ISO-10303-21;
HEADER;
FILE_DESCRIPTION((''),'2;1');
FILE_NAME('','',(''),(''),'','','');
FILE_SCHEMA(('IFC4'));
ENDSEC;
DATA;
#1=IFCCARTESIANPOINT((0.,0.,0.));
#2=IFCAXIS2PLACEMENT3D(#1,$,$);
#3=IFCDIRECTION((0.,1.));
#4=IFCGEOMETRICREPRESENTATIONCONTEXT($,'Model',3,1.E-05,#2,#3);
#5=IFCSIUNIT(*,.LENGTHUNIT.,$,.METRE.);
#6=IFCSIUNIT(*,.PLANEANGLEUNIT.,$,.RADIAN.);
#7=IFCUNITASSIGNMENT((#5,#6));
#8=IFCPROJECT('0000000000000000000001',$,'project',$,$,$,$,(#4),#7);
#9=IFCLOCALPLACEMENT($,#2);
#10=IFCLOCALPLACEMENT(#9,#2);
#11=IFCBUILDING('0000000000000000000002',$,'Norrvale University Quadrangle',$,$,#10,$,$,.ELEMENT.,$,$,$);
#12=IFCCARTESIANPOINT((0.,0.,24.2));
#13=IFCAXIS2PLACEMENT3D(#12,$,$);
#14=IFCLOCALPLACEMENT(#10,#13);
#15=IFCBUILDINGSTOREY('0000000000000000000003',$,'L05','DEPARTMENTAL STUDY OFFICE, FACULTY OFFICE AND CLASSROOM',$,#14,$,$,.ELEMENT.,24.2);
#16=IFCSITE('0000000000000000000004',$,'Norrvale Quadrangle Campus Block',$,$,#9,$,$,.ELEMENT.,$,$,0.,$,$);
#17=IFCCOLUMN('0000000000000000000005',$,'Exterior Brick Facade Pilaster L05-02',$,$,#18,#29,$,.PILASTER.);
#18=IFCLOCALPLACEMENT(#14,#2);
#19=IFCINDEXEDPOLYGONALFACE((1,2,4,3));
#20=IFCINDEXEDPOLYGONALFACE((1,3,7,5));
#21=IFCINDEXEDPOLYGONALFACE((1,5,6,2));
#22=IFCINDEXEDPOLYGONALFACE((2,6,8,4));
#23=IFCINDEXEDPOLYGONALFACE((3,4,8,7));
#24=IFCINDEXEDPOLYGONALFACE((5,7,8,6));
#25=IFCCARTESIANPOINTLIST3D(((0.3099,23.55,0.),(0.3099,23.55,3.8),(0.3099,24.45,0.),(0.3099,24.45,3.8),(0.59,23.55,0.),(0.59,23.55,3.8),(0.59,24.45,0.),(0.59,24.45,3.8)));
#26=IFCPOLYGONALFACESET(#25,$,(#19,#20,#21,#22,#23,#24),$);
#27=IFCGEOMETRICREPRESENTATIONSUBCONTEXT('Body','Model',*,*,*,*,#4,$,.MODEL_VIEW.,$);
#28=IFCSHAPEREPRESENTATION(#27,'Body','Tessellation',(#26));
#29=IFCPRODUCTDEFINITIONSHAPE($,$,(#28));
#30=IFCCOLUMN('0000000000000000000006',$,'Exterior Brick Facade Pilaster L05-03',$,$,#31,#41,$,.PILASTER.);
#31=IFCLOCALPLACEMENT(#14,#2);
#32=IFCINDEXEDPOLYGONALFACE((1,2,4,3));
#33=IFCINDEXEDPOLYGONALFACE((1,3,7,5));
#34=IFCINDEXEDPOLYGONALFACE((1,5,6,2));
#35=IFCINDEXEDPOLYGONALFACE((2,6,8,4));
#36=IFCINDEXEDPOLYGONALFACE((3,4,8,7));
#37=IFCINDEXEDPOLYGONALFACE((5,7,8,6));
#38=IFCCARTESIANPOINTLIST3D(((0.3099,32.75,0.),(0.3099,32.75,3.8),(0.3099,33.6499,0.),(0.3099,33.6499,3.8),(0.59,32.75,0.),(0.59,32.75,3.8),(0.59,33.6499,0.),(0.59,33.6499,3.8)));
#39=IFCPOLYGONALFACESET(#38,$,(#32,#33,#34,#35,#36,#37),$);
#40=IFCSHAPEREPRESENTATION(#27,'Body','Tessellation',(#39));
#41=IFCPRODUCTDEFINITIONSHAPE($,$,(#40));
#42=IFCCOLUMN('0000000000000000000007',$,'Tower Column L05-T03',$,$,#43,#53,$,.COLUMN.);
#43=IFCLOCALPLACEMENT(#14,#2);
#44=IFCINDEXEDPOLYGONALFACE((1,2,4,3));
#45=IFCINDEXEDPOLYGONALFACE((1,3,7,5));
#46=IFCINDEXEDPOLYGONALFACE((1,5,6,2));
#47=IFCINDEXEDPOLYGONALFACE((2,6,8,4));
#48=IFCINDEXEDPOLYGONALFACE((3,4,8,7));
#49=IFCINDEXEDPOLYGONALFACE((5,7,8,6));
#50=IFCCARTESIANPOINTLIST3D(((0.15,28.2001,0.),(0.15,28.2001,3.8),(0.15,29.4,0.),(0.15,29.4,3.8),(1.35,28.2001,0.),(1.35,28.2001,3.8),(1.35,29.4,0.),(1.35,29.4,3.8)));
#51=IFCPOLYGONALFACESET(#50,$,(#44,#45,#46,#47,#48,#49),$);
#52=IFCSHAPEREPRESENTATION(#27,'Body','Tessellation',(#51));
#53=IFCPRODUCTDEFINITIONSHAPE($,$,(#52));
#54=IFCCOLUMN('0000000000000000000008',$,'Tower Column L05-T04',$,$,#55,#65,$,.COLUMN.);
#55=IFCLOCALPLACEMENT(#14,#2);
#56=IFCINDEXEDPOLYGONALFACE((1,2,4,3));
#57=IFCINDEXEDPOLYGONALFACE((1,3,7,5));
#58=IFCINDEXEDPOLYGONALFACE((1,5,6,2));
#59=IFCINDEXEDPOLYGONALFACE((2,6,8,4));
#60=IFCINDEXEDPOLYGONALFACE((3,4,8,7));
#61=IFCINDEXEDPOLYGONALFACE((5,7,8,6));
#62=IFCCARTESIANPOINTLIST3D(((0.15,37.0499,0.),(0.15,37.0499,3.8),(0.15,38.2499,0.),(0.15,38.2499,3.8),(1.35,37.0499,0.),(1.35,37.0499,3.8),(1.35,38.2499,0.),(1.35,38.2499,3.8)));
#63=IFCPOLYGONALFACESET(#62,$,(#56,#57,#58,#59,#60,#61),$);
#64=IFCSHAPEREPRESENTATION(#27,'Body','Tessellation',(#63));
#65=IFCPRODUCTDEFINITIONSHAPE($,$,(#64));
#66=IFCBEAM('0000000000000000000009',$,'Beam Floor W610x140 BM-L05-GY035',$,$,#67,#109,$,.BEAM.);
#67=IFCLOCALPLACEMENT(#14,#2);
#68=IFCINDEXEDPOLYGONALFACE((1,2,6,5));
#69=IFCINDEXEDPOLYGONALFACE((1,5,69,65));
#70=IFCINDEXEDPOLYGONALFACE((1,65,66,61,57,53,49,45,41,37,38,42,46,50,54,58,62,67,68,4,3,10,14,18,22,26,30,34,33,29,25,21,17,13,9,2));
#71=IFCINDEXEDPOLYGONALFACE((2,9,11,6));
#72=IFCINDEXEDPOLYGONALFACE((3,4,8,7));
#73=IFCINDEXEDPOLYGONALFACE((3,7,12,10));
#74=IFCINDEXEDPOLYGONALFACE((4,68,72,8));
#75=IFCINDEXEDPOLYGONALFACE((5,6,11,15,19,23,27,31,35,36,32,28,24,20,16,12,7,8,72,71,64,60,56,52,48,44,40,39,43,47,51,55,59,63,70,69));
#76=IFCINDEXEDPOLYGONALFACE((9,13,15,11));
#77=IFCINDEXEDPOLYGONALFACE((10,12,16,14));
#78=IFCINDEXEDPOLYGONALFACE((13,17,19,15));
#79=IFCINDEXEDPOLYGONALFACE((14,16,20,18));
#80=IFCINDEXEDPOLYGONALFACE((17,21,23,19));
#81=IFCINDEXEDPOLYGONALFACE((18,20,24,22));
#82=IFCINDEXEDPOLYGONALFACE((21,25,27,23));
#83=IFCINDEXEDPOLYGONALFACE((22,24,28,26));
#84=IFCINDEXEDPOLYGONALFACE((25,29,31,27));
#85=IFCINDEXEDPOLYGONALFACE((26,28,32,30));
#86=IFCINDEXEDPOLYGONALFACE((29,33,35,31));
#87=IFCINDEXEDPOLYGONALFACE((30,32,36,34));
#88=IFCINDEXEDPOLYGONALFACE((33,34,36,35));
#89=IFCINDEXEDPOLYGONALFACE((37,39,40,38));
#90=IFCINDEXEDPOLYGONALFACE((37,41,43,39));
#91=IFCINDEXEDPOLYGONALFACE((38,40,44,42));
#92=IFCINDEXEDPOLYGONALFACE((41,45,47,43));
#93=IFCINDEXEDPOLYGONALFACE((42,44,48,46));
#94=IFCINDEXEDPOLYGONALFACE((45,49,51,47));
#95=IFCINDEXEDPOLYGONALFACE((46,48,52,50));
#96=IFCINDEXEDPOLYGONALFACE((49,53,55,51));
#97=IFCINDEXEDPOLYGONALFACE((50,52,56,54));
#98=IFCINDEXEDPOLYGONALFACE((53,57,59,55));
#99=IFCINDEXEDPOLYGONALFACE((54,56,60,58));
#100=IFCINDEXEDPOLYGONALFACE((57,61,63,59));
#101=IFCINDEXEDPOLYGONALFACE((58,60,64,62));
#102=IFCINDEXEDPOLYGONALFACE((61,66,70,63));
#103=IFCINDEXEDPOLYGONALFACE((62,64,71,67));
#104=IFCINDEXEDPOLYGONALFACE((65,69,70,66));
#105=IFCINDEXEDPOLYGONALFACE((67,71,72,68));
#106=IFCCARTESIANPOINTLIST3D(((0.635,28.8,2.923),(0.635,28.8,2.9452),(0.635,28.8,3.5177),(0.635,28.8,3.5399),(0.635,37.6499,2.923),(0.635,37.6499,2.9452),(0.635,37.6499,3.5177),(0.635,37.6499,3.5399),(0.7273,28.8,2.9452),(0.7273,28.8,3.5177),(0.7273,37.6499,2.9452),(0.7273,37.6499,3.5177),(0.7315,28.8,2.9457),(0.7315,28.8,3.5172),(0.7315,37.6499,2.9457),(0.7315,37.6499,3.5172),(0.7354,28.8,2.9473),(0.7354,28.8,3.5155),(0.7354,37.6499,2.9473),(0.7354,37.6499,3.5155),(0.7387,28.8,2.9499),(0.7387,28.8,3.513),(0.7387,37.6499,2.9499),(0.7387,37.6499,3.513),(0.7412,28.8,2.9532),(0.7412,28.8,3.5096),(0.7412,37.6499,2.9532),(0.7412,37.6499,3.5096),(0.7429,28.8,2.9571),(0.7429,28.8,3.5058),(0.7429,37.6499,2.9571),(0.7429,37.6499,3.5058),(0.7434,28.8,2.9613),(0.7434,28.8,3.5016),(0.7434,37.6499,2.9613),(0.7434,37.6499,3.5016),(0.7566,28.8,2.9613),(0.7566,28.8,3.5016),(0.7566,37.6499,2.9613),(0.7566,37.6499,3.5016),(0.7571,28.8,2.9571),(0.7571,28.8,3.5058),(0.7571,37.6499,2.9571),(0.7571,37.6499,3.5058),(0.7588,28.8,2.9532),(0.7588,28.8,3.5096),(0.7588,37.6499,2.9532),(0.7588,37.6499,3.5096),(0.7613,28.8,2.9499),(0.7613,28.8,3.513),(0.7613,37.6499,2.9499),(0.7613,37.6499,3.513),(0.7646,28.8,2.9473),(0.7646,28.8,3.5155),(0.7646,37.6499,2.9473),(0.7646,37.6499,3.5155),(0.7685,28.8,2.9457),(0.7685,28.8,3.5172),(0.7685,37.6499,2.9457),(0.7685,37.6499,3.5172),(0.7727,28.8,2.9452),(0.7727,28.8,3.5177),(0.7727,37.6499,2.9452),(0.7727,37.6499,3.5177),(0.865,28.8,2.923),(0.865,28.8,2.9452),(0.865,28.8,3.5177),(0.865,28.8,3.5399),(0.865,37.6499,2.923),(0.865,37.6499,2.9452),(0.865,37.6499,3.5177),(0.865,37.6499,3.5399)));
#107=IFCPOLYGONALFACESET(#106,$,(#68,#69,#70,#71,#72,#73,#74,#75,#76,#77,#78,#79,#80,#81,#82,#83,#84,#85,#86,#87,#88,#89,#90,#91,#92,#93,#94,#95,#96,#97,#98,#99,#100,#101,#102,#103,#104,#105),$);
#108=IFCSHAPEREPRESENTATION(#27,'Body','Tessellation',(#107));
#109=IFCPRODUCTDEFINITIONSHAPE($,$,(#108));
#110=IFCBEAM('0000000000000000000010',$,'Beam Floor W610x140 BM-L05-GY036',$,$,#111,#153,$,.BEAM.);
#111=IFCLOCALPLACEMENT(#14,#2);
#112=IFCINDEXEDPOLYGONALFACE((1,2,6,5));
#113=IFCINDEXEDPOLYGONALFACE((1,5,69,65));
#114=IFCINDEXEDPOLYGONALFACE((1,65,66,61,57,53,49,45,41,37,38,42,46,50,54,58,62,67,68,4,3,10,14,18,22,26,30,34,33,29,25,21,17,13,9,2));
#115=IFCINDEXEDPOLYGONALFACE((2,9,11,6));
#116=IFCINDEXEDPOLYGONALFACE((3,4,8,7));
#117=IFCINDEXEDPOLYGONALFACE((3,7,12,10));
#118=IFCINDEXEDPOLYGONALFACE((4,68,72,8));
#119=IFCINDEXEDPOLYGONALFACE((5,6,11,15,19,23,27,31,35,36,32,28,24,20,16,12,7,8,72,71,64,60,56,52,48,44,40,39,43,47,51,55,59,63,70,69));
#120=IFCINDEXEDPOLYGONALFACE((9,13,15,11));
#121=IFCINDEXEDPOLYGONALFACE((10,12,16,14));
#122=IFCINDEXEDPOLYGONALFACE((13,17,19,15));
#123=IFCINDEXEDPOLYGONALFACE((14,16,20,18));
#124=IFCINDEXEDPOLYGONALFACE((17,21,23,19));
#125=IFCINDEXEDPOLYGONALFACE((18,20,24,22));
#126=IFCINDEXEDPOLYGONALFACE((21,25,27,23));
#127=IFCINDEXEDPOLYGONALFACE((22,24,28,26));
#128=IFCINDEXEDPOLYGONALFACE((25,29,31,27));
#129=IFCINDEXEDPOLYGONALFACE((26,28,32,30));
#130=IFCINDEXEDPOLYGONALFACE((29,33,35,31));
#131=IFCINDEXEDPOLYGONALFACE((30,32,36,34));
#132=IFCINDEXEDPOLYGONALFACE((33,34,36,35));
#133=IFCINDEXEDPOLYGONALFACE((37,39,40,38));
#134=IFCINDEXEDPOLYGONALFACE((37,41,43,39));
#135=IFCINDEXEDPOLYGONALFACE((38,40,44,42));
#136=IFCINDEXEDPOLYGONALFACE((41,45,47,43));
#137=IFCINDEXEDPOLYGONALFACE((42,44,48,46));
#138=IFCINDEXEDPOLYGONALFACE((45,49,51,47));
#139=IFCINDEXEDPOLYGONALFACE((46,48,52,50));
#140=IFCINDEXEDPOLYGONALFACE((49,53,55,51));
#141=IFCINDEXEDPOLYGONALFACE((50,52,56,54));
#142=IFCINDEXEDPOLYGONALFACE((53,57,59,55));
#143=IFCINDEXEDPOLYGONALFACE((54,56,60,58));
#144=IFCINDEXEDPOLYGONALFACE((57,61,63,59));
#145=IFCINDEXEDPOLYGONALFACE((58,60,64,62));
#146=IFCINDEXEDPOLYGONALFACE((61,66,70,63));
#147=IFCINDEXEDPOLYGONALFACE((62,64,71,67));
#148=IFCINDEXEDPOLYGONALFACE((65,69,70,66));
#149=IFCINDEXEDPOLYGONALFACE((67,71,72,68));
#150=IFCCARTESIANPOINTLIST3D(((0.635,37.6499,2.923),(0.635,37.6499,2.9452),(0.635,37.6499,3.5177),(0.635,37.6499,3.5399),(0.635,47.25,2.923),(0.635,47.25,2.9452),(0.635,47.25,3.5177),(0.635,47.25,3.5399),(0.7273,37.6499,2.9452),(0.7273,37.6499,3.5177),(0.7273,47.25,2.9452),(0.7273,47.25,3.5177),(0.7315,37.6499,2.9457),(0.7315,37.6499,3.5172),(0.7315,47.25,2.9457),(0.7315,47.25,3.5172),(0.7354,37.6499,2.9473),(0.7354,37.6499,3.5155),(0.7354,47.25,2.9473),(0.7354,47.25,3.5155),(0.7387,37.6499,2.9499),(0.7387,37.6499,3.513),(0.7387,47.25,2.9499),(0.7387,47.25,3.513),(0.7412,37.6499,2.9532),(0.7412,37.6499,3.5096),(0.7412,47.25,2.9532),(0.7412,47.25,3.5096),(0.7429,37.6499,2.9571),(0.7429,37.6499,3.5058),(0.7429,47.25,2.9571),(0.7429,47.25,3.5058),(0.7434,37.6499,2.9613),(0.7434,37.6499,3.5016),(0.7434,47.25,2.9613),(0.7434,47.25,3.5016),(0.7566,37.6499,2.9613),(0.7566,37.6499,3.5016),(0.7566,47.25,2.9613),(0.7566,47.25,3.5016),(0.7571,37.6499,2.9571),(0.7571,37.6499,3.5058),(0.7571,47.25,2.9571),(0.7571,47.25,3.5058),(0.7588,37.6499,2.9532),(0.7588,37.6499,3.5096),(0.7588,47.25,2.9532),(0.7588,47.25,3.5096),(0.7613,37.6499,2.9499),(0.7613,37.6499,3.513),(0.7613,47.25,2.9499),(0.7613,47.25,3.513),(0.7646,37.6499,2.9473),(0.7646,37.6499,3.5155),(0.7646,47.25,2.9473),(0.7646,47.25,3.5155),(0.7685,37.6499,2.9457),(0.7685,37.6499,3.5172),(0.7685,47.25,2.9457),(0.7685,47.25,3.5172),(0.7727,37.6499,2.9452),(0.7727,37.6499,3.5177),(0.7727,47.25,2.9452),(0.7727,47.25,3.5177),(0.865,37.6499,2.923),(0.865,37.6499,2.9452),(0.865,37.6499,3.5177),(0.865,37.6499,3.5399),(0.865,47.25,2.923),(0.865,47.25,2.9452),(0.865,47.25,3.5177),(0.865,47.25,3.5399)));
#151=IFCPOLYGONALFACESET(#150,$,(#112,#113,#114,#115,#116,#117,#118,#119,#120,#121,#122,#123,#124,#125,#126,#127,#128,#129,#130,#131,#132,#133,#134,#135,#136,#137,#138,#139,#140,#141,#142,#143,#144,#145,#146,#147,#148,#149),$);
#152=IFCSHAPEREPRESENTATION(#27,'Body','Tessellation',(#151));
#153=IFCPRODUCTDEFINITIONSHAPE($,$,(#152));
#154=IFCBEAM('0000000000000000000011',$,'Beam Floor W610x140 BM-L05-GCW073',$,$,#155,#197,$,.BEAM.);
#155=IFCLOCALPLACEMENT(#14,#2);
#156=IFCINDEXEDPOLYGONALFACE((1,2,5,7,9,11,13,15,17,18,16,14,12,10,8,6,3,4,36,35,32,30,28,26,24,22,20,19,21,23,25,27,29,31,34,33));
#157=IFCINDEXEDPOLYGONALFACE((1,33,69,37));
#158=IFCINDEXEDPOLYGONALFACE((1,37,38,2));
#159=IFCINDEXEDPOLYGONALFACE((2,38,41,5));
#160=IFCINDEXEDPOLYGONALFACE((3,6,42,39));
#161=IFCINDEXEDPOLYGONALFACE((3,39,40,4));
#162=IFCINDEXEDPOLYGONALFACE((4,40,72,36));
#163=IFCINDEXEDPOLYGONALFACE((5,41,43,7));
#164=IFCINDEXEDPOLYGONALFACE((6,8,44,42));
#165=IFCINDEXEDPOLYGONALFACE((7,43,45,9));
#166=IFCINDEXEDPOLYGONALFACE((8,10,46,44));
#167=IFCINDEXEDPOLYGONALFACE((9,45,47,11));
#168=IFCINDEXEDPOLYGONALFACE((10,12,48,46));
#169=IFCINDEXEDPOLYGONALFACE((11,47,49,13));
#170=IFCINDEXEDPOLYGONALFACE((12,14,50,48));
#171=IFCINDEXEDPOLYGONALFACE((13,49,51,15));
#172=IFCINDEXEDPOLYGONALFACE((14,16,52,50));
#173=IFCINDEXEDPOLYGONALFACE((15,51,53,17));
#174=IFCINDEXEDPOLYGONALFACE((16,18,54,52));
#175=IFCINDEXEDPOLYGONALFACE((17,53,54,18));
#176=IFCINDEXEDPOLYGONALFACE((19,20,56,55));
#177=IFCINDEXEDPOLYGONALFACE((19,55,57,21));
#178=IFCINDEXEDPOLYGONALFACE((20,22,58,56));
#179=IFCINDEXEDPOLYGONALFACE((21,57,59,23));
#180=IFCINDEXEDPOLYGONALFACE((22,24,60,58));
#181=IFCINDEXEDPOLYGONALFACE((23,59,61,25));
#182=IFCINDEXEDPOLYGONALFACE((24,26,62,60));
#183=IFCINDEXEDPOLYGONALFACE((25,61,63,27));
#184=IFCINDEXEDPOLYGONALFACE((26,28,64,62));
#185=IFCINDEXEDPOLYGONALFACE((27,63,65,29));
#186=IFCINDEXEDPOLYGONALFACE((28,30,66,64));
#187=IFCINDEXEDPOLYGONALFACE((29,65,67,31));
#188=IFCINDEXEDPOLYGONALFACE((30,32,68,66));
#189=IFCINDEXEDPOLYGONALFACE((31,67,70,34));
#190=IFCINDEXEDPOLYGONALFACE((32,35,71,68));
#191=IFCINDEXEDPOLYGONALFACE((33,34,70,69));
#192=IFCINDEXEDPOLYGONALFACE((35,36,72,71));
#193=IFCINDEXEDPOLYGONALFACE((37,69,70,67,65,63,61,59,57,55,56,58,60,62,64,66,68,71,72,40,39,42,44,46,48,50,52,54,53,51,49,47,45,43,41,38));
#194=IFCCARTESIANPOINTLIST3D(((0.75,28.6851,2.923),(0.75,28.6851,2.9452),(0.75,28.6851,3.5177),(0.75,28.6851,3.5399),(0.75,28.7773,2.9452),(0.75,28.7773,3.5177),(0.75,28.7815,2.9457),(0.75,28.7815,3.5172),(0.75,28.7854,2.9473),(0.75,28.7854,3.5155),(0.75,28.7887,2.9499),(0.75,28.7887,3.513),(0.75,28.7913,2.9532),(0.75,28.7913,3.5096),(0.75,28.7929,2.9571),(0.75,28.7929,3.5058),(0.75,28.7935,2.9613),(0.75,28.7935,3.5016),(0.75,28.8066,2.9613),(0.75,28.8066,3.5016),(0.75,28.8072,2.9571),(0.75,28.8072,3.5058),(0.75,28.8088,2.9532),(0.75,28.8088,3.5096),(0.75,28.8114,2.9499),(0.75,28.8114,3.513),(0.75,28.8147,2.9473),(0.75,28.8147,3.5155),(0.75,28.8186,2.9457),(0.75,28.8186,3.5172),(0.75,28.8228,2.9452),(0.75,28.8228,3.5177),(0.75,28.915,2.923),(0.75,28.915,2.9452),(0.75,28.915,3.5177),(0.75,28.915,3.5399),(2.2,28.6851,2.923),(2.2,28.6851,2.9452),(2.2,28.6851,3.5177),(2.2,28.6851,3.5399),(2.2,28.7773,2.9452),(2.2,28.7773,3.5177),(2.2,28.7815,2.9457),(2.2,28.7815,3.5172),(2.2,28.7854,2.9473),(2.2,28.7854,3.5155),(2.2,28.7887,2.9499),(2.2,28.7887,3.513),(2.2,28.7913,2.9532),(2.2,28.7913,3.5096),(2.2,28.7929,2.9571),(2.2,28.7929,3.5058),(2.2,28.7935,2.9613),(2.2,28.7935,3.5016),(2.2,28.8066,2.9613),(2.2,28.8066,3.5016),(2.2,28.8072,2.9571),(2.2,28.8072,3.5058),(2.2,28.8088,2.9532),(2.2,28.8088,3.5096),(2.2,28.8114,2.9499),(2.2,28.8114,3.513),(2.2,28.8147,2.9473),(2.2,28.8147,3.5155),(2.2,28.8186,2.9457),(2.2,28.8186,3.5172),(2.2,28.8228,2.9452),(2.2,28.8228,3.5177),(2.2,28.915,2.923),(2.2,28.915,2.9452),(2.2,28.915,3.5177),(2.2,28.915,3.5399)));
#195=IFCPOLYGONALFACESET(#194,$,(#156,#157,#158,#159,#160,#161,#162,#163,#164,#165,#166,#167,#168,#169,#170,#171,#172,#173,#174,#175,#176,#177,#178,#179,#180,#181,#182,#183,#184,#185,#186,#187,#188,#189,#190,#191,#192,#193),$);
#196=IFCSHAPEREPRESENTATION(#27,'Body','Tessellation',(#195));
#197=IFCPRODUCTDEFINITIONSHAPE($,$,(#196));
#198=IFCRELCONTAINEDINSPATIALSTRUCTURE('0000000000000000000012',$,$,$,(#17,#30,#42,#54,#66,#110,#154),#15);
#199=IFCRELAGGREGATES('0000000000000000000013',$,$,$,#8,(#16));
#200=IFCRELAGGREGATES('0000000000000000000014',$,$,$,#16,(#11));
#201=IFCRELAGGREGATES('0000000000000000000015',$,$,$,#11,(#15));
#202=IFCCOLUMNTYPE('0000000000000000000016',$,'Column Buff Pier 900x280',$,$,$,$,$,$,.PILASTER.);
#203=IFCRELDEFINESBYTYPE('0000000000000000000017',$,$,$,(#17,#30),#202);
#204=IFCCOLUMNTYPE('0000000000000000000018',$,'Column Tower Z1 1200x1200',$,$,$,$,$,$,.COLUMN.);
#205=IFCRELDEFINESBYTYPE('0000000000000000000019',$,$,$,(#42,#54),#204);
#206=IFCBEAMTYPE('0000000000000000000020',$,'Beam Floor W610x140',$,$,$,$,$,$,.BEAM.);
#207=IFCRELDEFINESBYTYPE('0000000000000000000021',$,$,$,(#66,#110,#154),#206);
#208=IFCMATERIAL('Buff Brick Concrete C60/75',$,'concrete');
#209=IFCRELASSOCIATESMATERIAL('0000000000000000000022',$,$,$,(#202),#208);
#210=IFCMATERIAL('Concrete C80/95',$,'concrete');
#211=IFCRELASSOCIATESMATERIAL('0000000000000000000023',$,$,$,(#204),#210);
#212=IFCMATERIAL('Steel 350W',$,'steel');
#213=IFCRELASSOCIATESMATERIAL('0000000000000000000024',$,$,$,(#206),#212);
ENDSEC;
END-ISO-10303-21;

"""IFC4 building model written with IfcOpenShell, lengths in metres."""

from ifc_helpers import new_model, si_unit, direction, frame, origin, origin_2d, place, context, subcontext, project, spatial, rectangle, i_section, extrude, material, material_profile, profile_set, type_object, element, save


model = new_model("IFC4")

# Units and contexts
model_context = context("Model", 3, precision=1e-05, world=origin(), true_north=direction((0.0, 1.0)))
body_context = subcontext(model_context, "Body", "Model", "MODEL_VIEW")
ifc_project = project(units=[si_unit("LENGTHUNIT", "METRE"), si_unit("PLANEANGLEUNIT", "RADIAN")], contexts=[model_context])

# Site, building, storey
site_placement = place(None, origin())
site = spatial("IfcSite", under=ifc_project, at=site_placement, Name="Norrvale Quadrangle Campus Block", CompositionType="ELEMENT", RefElevation=0.0)
building_placement = place(site_placement, origin())
building = spatial("IfcBuilding", under=site, at=building_placement, Name="Norrvale University Quadrangle", CompositionType="ELEMENT")
storey_placement = place(building_placement, frame((0.0, 0.0, 24.2)))
storey = spatial("IfcBuildingStorey", under=building, at=storey_placement, Name="L05", Description="DEPARTMENTAL STUDY OFFICE, FACULTY OFFICE AND CLASSROOM", CompositionType="ELEMENT", Elevation=24.2)

# Columns
ifc_material_1 = material(Name="Buff Brick Concrete C60/75", Category="concrete")
ifc_material_profile_1 = material_profile(ifc_material_1, rectangle(XDim=0.8999, YDim=0.28, at=origin_2d()), Name="Buff Brick Concrete C60/75")
ifc_profile_set_1 = profile_set([ifc_material_profile_1], Name="Buff Brick Concrete C60/75")
column_type_1 = type_object("IfcColumnType", Name="Column Buff Pier 900x280", PredefinedType="PILASTER", material=ifc_profile_set_1)
for number, where, z_axis, x_axis, name in (
    (1, (0.45, 24.0, 0.0), (0.0, 0.0, 1.0), (0.0, 1.0, 0.0), "Exterior Brick Facade Pilaster L05-02"),
    (2, (0.45, 33.2, 0.0), (0.0, 0.0, 1.0), (0.0, 1.0, 0.0), "Exterior Brick Facade Pilaster L05-03"),
):
    element("IfcColumn", number, at=place(storey_placement, frame(where, z_axis=z_axis, x_axis=x_axis)), inside=storey, type_object=column_type_1, Name=name, PredefinedType="PILASTER", context=body_context, shape_type="SweptSolid", body=[
        extrude(rectangle(XDim=0.8999, YDim=0.28, at=origin_2d()), origin(), (0.0, 0.0, 1.0), 3.8),
    ])
ifc_material_2 = material(Name="Concrete C80/95", Category="concrete")
ifc_material_profile_2 = material_profile(ifc_material_2, rectangle(XDim=1.2, YDim=1.2, at=origin_2d()), Name="Concrete C80/95")
ifc_profile_set_2 = profile_set([ifc_material_profile_2], Name="Concrete C80/95")
column_type_2 = type_object("IfcColumnType", Name="Column Tower Z1 1200x1200", PredefinedType="COLUMN", material=ifc_profile_set_2)
for number, where, z_axis, x_axis, name in (
    (3, (0.75, 28.8, 0.0), (0.0, 0.0, 1.0), (1.0, 0.0, 0.0), "Tower Column L05-T03"),
    (4, (0.75, 37.6499, 0.0), (0.0, 0.0, 1.0), (1.0, 0.0, 0.0), "Tower Column L05-T04"),
):
    element("IfcColumn", number, at=place(storey_placement, frame(where, z_axis=z_axis, x_axis=x_axis)), inside=storey, type_object=column_type_2, Name=name, PredefinedType="COLUMN", context=body_context, shape_type="SweptSolid", body=[
        extrude(rectangle(XDim=1.2, YDim=1.2, at=origin_2d()), origin(), (0.0, 0.0, 1.0), 3.8),
    ])

# Beams
ifc_material_3 = material(Name="Steel 350W", Category="steel")
ifc_material_profile_3 = material_profile(ifc_material_3, i_section(OverallWidth=0.23, OverallDepth=0.6169, WebThickness=0.0132, FlangeThickness=0.0222, FilletRadius=0.0161, at=origin_2d()), Name="Steel 350W")
ifc_profile_set_3 = profile_set([ifc_material_profile_3], Name="Steel 350W")
beam_type = type_object("IfcBeamType", Name="Beam Floor W610x140", PredefinedType="BEAM", material=ifc_profile_set_3)
beam_1_placement = place(storey_placement, frame((0.75, 28.8, 3.2314), z_axis=(0.0, 1.0, 0.0), x_axis=(-1.0, 0.0, 0.0)))
element("IfcBeam", 5, at=beam_1_placement, inside=storey, type_object=beam_type, Name="Beam Floor W610x140 BM-L05-GY035", PredefinedType="BEAM", context=body_context, shape_type="SweptSolid", body=[
    extrude(i_section(OverallWidth=0.23, OverallDepth=0.6169, WebThickness=0.0132, FlangeThickness=0.0222, FilletRadius=0.0161, at=origin_2d()), origin(), (0.0, 0.0, 1.0), 8.8499),
])
beam_2_placement = place(storey_placement, frame((0.75, 37.6499, 3.2314), z_axis=(0.0, 1.0, 0.0), x_axis=(-1.0, 0.0, 0.0)))
element("IfcBeam", 6, at=beam_2_placement, inside=storey, type_object=beam_type, Name="Beam Floor W610x140 BM-L05-GY036", PredefinedType="BEAM", context=body_context, shape_type="SweptSolid", body=[
    extrude(i_section(OverallWidth=0.23, OverallDepth=0.6169, WebThickness=0.0132, FlangeThickness=0.0222, FilletRadius=0.0161, at=origin_2d()), origin(), (0.0, 0.0, 1.0), 9.6001),
])
for number, where, z_axis, x_axis, name in (
    (7, (0.75, 28.8, 3.2314), (1.0, 0.0, 0.0), (0.0, 1.0, 0.0), "Beam Floor W610x140 BM-L05-GCW073"),
):
    element("IfcBeam", number, at=place(storey_placement, frame(where, z_axis=z_axis, x_axis=x_axis)), inside=storey, type_object=beam_type, Name=name, PredefinedType="BEAM", context=body_context, shape_type="SweptSolid", body=[
        extrude(i_section(OverallWidth=0.23, OverallDepth=0.6169, WebThickness=0.0132, FlangeThickness=0.0222, FilletRadius=0.0161, at=origin_2d()), origin(), (0.0, 0.0, 1.0), 1.45),
    ])

save(model, "model.ifc")
